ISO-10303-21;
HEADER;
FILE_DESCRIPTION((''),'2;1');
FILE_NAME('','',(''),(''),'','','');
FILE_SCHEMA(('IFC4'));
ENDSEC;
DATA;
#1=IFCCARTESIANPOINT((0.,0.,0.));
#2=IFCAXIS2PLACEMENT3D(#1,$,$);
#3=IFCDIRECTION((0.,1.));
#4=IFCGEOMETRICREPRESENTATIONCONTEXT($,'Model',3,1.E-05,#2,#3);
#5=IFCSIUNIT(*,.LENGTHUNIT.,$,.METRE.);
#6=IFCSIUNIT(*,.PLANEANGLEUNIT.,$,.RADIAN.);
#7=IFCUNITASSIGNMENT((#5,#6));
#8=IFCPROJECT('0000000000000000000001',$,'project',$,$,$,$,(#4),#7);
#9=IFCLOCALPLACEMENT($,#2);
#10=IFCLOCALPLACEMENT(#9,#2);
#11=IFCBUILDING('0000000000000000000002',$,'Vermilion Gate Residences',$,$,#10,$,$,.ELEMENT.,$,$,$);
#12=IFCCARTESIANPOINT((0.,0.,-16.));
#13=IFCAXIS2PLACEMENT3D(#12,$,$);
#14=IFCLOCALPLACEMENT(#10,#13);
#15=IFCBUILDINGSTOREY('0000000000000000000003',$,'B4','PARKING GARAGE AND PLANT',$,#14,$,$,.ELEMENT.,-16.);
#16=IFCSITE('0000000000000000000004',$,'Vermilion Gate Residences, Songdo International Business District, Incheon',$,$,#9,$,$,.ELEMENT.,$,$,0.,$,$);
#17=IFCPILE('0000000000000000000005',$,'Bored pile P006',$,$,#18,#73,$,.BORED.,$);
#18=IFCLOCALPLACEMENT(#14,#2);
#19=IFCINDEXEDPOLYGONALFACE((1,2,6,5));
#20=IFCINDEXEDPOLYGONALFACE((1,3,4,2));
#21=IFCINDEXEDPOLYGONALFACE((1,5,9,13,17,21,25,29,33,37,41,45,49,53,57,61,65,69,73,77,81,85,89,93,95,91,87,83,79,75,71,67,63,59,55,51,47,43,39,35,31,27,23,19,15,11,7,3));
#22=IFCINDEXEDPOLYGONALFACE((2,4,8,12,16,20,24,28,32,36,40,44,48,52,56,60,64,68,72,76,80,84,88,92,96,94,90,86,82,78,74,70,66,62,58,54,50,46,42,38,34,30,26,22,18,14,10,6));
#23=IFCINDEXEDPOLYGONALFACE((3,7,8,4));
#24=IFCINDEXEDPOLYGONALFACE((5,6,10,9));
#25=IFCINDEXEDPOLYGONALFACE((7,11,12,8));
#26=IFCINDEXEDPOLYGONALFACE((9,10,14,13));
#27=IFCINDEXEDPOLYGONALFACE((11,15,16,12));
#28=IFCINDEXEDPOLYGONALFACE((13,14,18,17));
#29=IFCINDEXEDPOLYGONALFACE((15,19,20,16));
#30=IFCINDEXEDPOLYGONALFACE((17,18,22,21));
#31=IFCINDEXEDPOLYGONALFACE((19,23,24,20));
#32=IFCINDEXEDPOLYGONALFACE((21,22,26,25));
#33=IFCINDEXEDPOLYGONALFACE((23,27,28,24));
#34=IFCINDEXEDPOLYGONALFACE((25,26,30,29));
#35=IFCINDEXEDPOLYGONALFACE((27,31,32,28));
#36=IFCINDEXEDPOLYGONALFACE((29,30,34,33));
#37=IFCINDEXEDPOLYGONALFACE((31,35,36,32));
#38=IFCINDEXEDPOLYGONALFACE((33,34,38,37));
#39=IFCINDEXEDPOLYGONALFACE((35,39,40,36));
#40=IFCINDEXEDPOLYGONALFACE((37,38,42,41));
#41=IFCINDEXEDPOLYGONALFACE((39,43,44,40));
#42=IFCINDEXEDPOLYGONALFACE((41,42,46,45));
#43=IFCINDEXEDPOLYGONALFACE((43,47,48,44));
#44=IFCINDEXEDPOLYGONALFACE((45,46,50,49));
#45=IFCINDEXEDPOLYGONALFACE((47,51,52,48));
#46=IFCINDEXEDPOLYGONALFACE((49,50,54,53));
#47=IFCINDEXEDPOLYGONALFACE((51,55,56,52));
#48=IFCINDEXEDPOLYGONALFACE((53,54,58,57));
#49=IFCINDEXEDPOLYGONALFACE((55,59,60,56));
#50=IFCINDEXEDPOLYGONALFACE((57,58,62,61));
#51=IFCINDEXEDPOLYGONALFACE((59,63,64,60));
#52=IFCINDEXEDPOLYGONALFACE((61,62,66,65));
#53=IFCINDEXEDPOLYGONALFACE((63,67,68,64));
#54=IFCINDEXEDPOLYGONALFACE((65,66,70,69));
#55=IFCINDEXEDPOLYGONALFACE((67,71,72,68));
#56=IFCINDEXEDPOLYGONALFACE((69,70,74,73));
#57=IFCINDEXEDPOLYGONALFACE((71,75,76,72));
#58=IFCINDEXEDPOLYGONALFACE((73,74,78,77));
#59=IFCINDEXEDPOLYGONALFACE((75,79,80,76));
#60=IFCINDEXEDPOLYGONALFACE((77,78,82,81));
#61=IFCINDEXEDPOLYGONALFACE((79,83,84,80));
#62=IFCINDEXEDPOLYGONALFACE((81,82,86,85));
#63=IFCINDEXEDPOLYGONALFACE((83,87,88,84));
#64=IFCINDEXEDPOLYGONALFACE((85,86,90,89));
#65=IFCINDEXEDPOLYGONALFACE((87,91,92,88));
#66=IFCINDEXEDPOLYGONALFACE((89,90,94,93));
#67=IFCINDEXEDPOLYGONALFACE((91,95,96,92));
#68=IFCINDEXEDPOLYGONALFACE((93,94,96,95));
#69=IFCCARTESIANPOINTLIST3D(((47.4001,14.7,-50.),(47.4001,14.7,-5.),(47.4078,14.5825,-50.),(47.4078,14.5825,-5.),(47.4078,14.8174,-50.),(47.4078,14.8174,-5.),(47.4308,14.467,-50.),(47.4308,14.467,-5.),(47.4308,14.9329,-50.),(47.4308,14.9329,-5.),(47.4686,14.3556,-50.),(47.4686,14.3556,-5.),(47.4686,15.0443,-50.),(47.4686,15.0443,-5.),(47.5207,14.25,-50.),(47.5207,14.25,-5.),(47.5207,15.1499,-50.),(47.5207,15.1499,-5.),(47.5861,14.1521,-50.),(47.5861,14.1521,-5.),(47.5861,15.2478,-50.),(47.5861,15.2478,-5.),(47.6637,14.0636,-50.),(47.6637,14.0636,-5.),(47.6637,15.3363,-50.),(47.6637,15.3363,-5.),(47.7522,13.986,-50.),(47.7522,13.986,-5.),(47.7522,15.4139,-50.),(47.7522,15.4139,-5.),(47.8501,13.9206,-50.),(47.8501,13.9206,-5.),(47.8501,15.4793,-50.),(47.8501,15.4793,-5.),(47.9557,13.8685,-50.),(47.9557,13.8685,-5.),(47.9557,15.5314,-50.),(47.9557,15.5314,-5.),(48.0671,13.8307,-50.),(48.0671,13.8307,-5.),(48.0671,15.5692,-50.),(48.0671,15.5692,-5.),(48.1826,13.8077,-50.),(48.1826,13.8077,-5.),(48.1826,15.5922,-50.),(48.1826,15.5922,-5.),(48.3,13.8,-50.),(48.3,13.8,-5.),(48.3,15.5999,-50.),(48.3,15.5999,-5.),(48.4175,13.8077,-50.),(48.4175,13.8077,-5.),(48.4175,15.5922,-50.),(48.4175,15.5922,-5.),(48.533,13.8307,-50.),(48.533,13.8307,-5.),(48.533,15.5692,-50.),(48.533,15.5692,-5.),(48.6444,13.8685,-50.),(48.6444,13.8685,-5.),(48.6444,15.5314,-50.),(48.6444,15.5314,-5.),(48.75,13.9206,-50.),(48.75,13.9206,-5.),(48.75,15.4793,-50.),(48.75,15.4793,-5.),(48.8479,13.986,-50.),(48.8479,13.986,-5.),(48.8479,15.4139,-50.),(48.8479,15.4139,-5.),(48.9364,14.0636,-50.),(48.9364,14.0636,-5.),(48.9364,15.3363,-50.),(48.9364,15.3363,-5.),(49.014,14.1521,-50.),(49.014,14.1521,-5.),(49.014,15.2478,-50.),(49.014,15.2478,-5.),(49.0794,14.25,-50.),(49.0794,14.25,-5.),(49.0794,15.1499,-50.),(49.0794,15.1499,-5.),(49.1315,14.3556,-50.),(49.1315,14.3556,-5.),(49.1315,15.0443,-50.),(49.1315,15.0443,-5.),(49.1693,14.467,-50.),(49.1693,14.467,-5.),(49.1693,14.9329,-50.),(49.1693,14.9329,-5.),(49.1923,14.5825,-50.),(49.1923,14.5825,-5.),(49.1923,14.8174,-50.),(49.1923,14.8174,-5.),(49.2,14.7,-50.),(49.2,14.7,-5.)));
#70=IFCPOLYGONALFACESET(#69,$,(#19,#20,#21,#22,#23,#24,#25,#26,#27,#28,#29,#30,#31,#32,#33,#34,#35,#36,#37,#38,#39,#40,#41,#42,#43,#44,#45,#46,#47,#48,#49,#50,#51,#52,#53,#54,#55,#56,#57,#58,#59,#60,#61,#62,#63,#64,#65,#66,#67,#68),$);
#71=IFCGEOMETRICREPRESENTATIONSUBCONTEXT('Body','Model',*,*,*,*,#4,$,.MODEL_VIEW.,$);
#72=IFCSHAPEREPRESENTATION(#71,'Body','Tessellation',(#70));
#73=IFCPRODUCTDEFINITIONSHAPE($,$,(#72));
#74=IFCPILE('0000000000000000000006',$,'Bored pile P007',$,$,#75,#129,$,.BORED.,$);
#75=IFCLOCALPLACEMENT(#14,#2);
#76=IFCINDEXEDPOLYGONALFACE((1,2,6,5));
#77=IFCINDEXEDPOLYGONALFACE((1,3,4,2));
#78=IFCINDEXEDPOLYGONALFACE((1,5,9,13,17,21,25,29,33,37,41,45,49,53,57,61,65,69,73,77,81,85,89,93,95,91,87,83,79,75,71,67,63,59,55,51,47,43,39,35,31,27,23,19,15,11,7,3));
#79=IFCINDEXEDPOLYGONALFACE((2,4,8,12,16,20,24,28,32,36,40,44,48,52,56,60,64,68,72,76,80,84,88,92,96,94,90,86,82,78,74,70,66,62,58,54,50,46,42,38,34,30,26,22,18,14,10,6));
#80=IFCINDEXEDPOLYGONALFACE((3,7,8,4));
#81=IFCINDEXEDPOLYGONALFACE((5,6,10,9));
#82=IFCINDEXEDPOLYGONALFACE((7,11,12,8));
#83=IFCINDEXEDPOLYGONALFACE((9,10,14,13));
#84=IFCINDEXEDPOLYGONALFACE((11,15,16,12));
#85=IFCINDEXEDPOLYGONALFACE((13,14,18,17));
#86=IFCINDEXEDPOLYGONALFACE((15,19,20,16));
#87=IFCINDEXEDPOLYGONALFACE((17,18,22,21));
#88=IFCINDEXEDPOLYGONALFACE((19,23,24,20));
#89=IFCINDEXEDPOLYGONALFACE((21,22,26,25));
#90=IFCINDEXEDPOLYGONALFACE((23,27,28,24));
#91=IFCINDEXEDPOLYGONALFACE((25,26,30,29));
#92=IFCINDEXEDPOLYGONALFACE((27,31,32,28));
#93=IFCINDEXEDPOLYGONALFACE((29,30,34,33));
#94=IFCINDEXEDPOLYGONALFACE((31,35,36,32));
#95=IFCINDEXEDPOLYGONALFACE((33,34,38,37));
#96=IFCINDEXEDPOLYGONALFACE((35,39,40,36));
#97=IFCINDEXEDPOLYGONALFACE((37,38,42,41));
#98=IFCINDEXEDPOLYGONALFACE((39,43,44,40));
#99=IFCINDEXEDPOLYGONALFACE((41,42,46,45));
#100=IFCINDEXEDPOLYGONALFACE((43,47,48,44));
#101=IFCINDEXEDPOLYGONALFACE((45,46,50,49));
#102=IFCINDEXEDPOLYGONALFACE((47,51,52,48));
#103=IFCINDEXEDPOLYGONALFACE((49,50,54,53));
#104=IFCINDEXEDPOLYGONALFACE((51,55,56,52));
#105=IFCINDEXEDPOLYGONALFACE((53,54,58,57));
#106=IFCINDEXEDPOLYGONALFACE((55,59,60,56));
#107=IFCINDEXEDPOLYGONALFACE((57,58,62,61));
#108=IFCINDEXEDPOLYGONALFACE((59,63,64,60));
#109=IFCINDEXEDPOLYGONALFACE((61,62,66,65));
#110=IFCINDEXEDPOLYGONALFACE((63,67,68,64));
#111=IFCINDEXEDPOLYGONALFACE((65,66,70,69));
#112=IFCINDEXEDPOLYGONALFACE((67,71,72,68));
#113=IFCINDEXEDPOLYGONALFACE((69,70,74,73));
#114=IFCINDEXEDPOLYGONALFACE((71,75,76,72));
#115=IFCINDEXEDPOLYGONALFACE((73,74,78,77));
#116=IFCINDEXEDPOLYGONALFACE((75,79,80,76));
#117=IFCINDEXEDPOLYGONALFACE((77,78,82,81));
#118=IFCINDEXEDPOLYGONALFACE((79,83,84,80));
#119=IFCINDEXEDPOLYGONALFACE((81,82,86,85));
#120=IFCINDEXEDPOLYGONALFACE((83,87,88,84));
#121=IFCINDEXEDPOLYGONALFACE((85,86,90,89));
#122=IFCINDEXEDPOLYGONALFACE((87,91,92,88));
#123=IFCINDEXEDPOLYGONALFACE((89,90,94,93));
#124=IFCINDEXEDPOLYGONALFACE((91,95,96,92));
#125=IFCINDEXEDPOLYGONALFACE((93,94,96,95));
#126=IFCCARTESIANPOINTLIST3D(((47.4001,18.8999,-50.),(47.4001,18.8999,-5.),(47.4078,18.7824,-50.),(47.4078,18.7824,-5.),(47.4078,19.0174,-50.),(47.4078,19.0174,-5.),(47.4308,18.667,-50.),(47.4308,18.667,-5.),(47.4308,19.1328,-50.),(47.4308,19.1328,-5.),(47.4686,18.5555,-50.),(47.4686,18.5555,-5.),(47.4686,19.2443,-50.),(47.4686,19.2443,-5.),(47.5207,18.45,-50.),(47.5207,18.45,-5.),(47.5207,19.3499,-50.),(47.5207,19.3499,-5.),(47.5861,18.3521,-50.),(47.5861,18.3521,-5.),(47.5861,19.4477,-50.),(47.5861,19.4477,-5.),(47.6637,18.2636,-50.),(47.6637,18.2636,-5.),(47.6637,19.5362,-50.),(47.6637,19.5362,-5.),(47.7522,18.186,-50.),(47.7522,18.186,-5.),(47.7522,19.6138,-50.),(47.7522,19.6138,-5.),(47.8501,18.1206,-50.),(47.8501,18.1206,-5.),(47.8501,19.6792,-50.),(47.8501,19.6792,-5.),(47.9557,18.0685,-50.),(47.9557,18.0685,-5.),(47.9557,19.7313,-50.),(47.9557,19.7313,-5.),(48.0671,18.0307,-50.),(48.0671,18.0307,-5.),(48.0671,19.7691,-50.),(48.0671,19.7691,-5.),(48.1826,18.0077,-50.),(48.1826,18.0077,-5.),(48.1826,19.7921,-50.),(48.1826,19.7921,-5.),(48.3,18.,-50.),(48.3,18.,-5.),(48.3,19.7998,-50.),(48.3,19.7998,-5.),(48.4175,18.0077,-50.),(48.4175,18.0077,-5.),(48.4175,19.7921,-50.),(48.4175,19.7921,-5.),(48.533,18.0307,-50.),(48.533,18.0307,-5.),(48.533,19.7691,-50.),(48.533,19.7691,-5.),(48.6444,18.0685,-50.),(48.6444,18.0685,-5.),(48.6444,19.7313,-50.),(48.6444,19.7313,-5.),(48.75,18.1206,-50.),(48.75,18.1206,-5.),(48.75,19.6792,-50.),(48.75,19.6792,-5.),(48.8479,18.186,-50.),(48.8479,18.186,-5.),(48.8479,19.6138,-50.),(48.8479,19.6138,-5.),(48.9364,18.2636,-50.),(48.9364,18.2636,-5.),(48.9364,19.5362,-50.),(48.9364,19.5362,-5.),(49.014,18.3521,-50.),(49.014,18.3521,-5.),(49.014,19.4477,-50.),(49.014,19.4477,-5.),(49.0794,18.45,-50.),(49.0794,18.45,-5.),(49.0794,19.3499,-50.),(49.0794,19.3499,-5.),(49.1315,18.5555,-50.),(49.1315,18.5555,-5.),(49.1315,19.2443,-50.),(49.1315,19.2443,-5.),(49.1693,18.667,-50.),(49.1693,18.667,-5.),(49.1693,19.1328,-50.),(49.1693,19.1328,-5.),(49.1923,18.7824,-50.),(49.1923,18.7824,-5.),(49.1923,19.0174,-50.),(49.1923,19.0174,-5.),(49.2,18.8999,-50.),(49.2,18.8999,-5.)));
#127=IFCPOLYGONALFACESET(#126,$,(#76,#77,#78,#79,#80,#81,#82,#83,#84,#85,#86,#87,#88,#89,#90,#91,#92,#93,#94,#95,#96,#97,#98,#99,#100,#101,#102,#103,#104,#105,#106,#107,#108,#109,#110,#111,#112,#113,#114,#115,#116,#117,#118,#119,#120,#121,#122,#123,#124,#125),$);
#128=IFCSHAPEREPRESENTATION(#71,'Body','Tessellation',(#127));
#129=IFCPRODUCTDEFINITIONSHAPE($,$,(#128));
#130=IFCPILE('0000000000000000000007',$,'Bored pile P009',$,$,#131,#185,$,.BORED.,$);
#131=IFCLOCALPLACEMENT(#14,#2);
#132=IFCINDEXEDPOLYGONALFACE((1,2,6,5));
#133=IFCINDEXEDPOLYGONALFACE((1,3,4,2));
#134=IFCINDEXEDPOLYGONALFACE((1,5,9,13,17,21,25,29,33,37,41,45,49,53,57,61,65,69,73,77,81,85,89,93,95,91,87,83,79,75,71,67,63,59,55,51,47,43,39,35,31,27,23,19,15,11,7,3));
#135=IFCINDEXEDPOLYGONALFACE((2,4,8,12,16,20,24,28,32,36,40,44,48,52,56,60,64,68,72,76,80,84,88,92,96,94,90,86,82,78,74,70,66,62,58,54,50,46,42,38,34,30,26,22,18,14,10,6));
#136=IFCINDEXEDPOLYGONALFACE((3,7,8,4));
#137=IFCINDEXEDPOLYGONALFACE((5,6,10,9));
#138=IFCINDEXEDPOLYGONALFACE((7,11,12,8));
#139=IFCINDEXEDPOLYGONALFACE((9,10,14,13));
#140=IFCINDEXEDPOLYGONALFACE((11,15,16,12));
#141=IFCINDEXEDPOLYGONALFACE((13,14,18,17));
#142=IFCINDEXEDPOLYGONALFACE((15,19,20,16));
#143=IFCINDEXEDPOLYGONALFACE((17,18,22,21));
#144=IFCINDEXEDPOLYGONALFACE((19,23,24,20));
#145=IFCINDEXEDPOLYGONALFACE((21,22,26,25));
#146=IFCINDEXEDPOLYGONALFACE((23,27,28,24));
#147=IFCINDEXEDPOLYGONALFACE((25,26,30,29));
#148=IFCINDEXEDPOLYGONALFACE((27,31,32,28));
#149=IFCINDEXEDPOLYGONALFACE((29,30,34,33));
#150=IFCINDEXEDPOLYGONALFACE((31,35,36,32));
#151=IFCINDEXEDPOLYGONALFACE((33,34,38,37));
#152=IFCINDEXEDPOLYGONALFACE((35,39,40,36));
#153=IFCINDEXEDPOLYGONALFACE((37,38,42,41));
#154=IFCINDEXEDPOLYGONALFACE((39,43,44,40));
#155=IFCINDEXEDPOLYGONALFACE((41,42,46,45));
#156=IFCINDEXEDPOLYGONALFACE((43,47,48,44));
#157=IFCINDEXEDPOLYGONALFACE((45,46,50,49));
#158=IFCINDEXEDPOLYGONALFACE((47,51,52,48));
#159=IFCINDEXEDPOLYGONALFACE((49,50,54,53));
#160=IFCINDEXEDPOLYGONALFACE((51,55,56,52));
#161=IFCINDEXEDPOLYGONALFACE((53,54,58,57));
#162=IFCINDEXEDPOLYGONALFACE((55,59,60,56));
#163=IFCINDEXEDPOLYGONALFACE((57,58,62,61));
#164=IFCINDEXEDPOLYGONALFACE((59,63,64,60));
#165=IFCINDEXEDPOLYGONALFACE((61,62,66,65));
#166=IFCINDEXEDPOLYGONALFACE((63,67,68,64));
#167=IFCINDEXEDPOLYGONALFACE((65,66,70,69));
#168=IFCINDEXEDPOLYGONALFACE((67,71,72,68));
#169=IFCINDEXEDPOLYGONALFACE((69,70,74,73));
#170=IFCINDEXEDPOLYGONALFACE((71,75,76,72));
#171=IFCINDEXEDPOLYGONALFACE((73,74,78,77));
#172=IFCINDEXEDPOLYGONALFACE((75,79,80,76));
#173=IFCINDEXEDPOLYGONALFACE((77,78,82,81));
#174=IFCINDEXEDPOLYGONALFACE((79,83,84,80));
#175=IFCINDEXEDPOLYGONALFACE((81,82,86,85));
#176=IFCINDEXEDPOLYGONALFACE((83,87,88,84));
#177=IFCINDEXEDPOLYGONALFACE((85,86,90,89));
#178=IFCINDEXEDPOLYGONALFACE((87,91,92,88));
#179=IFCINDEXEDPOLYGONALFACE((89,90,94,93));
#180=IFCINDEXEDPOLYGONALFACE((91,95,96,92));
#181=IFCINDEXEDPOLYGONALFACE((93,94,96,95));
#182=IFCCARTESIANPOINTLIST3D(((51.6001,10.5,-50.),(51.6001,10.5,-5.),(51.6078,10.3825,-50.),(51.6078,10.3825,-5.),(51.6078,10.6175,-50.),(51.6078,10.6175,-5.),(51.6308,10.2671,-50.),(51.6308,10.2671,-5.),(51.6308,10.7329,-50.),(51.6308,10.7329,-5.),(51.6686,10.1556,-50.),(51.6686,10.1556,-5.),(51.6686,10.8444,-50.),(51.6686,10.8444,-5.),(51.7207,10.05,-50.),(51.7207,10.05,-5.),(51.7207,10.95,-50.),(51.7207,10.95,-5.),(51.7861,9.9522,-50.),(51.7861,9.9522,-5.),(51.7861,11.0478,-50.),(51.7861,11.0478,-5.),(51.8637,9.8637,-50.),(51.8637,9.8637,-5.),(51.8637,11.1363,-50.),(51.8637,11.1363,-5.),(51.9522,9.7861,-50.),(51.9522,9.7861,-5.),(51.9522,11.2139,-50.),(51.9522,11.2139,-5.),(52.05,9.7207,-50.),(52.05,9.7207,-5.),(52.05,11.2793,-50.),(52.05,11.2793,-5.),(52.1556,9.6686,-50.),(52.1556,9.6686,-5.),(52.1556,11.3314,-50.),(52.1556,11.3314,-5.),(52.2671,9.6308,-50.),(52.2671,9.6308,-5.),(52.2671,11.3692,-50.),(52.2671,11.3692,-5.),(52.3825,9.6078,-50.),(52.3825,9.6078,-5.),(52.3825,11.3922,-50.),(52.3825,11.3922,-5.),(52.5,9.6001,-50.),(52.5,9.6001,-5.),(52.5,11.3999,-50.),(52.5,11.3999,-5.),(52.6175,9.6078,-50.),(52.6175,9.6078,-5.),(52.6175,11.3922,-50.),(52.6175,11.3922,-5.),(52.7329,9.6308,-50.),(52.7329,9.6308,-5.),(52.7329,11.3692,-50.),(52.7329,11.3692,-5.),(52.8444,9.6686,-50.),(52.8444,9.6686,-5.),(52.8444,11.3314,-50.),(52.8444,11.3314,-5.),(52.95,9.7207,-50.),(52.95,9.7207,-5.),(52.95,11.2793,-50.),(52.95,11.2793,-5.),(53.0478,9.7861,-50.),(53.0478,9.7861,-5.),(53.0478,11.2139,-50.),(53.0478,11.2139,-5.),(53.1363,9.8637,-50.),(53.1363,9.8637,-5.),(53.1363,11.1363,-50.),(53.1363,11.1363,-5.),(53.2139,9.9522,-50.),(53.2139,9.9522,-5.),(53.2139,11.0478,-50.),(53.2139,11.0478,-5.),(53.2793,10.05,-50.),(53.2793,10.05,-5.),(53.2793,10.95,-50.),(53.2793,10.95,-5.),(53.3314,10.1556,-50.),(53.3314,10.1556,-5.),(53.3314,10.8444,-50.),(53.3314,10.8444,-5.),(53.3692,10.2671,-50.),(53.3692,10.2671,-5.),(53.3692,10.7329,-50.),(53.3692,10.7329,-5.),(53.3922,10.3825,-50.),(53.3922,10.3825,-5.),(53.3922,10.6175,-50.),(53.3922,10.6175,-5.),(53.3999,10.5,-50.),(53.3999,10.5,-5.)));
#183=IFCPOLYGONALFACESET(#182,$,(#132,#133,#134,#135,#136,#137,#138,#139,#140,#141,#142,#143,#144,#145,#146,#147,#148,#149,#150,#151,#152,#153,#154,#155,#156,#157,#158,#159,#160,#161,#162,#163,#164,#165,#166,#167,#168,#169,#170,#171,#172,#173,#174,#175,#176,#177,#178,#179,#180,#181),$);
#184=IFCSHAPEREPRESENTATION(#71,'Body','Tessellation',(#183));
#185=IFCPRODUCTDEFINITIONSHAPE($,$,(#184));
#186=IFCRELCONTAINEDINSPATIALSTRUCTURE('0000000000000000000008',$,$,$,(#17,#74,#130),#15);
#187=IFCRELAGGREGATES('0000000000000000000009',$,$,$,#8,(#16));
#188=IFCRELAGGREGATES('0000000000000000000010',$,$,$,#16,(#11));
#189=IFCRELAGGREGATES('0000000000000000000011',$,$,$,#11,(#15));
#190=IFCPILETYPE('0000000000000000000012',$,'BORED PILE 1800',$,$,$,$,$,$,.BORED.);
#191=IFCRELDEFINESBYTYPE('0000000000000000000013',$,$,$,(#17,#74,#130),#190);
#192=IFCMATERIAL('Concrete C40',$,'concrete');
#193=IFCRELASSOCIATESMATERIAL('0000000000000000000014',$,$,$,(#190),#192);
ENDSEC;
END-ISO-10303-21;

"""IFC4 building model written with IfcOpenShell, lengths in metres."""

from ifc_helpers import new_model, si_unit, direction, frame, origin, origin_2d, place, context, subcontext, project, spatial, circle, extrude, material, material_profile, profile_set, type_object, element, save


model = new_model("IFC4")

# Units and contexts
model_context = context("Model", 3, precision=1e-05, world=origin(), true_north=direction((0.0, 1.0)))
body_context = subcontext(model_context, "Body", "Model", "MODEL_VIEW")
ifc_project = project(units=[si_unit("LENGTHUNIT", "METRE"), si_unit("PLANEANGLEUNIT", "RADIAN")], contexts=[model_context])

# Site, building, storey
site_placement = place(None, origin())
site = spatial("IfcSite", under=ifc_project, at=site_placement, Name="Vermilion Gate Residences, Songdo International Business District, Incheon", CompositionType="ELEMENT", RefElevation=0.0)
building_placement = place(site_placement, origin())
building = spatial("IfcBuilding", under=site, at=building_placement, Name="Vermilion Gate Residences", CompositionType="ELEMENT")
storey_placement = place(building_placement, frame((0.0, 0.0, -16.0)))
storey = spatial("IfcBuildingStorey", under=building, at=storey_placement, Name="B4", Description="PARKING GARAGE AND PLANT", CompositionType="ELEMENT", Elevation=-16.0)

# Piles
ifc_material_1 = material(Name="Concrete C40", Category="concrete")
ifc_material_profile = material_profile(ifc_material_1, circle(Radius=0.8999, at=origin_2d()), Name="BORED PILE 1800")
ifc_profile_set = profile_set([ifc_material_profile], Name="Concrete C40")
pile_type = type_object("IfcPileType", Name="BORED PILE 1800", PredefinedType="BORED", material=ifc_profile_set)
for number, where, z_axis, x_axis, name in (
    (1, (48.3, 14.7, -5.0), (0.0, 0.0, -1.0), (1.0, 0.0, 0.0), "Bored pile P006"),
    (2, (48.3, 18.8999, -5.0), (0.0, 0.0, -1.0), (1.0, 0.0, 0.0), "Bored pile P007"),
    (3, (52.5, 10.5, -5.0), (0.0, 0.0, -1.0), (1.0, 0.0, 0.0), "Bored pile P009"),
):
    element("IfcPile", number, at=place(storey_placement, frame(where, z_axis=z_axis, x_axis=x_axis)), inside=storey, type_object=pile_type, Name=name, PredefinedType="BORED", context=body_context, shape_type="SweptSolid", body=[
        extrude(circle(Radius=0.8999, at=origin_2d()), origin(), (0.0, 0.0, 1.0), 45.0),
    ])

save(model, "model.ifc")
